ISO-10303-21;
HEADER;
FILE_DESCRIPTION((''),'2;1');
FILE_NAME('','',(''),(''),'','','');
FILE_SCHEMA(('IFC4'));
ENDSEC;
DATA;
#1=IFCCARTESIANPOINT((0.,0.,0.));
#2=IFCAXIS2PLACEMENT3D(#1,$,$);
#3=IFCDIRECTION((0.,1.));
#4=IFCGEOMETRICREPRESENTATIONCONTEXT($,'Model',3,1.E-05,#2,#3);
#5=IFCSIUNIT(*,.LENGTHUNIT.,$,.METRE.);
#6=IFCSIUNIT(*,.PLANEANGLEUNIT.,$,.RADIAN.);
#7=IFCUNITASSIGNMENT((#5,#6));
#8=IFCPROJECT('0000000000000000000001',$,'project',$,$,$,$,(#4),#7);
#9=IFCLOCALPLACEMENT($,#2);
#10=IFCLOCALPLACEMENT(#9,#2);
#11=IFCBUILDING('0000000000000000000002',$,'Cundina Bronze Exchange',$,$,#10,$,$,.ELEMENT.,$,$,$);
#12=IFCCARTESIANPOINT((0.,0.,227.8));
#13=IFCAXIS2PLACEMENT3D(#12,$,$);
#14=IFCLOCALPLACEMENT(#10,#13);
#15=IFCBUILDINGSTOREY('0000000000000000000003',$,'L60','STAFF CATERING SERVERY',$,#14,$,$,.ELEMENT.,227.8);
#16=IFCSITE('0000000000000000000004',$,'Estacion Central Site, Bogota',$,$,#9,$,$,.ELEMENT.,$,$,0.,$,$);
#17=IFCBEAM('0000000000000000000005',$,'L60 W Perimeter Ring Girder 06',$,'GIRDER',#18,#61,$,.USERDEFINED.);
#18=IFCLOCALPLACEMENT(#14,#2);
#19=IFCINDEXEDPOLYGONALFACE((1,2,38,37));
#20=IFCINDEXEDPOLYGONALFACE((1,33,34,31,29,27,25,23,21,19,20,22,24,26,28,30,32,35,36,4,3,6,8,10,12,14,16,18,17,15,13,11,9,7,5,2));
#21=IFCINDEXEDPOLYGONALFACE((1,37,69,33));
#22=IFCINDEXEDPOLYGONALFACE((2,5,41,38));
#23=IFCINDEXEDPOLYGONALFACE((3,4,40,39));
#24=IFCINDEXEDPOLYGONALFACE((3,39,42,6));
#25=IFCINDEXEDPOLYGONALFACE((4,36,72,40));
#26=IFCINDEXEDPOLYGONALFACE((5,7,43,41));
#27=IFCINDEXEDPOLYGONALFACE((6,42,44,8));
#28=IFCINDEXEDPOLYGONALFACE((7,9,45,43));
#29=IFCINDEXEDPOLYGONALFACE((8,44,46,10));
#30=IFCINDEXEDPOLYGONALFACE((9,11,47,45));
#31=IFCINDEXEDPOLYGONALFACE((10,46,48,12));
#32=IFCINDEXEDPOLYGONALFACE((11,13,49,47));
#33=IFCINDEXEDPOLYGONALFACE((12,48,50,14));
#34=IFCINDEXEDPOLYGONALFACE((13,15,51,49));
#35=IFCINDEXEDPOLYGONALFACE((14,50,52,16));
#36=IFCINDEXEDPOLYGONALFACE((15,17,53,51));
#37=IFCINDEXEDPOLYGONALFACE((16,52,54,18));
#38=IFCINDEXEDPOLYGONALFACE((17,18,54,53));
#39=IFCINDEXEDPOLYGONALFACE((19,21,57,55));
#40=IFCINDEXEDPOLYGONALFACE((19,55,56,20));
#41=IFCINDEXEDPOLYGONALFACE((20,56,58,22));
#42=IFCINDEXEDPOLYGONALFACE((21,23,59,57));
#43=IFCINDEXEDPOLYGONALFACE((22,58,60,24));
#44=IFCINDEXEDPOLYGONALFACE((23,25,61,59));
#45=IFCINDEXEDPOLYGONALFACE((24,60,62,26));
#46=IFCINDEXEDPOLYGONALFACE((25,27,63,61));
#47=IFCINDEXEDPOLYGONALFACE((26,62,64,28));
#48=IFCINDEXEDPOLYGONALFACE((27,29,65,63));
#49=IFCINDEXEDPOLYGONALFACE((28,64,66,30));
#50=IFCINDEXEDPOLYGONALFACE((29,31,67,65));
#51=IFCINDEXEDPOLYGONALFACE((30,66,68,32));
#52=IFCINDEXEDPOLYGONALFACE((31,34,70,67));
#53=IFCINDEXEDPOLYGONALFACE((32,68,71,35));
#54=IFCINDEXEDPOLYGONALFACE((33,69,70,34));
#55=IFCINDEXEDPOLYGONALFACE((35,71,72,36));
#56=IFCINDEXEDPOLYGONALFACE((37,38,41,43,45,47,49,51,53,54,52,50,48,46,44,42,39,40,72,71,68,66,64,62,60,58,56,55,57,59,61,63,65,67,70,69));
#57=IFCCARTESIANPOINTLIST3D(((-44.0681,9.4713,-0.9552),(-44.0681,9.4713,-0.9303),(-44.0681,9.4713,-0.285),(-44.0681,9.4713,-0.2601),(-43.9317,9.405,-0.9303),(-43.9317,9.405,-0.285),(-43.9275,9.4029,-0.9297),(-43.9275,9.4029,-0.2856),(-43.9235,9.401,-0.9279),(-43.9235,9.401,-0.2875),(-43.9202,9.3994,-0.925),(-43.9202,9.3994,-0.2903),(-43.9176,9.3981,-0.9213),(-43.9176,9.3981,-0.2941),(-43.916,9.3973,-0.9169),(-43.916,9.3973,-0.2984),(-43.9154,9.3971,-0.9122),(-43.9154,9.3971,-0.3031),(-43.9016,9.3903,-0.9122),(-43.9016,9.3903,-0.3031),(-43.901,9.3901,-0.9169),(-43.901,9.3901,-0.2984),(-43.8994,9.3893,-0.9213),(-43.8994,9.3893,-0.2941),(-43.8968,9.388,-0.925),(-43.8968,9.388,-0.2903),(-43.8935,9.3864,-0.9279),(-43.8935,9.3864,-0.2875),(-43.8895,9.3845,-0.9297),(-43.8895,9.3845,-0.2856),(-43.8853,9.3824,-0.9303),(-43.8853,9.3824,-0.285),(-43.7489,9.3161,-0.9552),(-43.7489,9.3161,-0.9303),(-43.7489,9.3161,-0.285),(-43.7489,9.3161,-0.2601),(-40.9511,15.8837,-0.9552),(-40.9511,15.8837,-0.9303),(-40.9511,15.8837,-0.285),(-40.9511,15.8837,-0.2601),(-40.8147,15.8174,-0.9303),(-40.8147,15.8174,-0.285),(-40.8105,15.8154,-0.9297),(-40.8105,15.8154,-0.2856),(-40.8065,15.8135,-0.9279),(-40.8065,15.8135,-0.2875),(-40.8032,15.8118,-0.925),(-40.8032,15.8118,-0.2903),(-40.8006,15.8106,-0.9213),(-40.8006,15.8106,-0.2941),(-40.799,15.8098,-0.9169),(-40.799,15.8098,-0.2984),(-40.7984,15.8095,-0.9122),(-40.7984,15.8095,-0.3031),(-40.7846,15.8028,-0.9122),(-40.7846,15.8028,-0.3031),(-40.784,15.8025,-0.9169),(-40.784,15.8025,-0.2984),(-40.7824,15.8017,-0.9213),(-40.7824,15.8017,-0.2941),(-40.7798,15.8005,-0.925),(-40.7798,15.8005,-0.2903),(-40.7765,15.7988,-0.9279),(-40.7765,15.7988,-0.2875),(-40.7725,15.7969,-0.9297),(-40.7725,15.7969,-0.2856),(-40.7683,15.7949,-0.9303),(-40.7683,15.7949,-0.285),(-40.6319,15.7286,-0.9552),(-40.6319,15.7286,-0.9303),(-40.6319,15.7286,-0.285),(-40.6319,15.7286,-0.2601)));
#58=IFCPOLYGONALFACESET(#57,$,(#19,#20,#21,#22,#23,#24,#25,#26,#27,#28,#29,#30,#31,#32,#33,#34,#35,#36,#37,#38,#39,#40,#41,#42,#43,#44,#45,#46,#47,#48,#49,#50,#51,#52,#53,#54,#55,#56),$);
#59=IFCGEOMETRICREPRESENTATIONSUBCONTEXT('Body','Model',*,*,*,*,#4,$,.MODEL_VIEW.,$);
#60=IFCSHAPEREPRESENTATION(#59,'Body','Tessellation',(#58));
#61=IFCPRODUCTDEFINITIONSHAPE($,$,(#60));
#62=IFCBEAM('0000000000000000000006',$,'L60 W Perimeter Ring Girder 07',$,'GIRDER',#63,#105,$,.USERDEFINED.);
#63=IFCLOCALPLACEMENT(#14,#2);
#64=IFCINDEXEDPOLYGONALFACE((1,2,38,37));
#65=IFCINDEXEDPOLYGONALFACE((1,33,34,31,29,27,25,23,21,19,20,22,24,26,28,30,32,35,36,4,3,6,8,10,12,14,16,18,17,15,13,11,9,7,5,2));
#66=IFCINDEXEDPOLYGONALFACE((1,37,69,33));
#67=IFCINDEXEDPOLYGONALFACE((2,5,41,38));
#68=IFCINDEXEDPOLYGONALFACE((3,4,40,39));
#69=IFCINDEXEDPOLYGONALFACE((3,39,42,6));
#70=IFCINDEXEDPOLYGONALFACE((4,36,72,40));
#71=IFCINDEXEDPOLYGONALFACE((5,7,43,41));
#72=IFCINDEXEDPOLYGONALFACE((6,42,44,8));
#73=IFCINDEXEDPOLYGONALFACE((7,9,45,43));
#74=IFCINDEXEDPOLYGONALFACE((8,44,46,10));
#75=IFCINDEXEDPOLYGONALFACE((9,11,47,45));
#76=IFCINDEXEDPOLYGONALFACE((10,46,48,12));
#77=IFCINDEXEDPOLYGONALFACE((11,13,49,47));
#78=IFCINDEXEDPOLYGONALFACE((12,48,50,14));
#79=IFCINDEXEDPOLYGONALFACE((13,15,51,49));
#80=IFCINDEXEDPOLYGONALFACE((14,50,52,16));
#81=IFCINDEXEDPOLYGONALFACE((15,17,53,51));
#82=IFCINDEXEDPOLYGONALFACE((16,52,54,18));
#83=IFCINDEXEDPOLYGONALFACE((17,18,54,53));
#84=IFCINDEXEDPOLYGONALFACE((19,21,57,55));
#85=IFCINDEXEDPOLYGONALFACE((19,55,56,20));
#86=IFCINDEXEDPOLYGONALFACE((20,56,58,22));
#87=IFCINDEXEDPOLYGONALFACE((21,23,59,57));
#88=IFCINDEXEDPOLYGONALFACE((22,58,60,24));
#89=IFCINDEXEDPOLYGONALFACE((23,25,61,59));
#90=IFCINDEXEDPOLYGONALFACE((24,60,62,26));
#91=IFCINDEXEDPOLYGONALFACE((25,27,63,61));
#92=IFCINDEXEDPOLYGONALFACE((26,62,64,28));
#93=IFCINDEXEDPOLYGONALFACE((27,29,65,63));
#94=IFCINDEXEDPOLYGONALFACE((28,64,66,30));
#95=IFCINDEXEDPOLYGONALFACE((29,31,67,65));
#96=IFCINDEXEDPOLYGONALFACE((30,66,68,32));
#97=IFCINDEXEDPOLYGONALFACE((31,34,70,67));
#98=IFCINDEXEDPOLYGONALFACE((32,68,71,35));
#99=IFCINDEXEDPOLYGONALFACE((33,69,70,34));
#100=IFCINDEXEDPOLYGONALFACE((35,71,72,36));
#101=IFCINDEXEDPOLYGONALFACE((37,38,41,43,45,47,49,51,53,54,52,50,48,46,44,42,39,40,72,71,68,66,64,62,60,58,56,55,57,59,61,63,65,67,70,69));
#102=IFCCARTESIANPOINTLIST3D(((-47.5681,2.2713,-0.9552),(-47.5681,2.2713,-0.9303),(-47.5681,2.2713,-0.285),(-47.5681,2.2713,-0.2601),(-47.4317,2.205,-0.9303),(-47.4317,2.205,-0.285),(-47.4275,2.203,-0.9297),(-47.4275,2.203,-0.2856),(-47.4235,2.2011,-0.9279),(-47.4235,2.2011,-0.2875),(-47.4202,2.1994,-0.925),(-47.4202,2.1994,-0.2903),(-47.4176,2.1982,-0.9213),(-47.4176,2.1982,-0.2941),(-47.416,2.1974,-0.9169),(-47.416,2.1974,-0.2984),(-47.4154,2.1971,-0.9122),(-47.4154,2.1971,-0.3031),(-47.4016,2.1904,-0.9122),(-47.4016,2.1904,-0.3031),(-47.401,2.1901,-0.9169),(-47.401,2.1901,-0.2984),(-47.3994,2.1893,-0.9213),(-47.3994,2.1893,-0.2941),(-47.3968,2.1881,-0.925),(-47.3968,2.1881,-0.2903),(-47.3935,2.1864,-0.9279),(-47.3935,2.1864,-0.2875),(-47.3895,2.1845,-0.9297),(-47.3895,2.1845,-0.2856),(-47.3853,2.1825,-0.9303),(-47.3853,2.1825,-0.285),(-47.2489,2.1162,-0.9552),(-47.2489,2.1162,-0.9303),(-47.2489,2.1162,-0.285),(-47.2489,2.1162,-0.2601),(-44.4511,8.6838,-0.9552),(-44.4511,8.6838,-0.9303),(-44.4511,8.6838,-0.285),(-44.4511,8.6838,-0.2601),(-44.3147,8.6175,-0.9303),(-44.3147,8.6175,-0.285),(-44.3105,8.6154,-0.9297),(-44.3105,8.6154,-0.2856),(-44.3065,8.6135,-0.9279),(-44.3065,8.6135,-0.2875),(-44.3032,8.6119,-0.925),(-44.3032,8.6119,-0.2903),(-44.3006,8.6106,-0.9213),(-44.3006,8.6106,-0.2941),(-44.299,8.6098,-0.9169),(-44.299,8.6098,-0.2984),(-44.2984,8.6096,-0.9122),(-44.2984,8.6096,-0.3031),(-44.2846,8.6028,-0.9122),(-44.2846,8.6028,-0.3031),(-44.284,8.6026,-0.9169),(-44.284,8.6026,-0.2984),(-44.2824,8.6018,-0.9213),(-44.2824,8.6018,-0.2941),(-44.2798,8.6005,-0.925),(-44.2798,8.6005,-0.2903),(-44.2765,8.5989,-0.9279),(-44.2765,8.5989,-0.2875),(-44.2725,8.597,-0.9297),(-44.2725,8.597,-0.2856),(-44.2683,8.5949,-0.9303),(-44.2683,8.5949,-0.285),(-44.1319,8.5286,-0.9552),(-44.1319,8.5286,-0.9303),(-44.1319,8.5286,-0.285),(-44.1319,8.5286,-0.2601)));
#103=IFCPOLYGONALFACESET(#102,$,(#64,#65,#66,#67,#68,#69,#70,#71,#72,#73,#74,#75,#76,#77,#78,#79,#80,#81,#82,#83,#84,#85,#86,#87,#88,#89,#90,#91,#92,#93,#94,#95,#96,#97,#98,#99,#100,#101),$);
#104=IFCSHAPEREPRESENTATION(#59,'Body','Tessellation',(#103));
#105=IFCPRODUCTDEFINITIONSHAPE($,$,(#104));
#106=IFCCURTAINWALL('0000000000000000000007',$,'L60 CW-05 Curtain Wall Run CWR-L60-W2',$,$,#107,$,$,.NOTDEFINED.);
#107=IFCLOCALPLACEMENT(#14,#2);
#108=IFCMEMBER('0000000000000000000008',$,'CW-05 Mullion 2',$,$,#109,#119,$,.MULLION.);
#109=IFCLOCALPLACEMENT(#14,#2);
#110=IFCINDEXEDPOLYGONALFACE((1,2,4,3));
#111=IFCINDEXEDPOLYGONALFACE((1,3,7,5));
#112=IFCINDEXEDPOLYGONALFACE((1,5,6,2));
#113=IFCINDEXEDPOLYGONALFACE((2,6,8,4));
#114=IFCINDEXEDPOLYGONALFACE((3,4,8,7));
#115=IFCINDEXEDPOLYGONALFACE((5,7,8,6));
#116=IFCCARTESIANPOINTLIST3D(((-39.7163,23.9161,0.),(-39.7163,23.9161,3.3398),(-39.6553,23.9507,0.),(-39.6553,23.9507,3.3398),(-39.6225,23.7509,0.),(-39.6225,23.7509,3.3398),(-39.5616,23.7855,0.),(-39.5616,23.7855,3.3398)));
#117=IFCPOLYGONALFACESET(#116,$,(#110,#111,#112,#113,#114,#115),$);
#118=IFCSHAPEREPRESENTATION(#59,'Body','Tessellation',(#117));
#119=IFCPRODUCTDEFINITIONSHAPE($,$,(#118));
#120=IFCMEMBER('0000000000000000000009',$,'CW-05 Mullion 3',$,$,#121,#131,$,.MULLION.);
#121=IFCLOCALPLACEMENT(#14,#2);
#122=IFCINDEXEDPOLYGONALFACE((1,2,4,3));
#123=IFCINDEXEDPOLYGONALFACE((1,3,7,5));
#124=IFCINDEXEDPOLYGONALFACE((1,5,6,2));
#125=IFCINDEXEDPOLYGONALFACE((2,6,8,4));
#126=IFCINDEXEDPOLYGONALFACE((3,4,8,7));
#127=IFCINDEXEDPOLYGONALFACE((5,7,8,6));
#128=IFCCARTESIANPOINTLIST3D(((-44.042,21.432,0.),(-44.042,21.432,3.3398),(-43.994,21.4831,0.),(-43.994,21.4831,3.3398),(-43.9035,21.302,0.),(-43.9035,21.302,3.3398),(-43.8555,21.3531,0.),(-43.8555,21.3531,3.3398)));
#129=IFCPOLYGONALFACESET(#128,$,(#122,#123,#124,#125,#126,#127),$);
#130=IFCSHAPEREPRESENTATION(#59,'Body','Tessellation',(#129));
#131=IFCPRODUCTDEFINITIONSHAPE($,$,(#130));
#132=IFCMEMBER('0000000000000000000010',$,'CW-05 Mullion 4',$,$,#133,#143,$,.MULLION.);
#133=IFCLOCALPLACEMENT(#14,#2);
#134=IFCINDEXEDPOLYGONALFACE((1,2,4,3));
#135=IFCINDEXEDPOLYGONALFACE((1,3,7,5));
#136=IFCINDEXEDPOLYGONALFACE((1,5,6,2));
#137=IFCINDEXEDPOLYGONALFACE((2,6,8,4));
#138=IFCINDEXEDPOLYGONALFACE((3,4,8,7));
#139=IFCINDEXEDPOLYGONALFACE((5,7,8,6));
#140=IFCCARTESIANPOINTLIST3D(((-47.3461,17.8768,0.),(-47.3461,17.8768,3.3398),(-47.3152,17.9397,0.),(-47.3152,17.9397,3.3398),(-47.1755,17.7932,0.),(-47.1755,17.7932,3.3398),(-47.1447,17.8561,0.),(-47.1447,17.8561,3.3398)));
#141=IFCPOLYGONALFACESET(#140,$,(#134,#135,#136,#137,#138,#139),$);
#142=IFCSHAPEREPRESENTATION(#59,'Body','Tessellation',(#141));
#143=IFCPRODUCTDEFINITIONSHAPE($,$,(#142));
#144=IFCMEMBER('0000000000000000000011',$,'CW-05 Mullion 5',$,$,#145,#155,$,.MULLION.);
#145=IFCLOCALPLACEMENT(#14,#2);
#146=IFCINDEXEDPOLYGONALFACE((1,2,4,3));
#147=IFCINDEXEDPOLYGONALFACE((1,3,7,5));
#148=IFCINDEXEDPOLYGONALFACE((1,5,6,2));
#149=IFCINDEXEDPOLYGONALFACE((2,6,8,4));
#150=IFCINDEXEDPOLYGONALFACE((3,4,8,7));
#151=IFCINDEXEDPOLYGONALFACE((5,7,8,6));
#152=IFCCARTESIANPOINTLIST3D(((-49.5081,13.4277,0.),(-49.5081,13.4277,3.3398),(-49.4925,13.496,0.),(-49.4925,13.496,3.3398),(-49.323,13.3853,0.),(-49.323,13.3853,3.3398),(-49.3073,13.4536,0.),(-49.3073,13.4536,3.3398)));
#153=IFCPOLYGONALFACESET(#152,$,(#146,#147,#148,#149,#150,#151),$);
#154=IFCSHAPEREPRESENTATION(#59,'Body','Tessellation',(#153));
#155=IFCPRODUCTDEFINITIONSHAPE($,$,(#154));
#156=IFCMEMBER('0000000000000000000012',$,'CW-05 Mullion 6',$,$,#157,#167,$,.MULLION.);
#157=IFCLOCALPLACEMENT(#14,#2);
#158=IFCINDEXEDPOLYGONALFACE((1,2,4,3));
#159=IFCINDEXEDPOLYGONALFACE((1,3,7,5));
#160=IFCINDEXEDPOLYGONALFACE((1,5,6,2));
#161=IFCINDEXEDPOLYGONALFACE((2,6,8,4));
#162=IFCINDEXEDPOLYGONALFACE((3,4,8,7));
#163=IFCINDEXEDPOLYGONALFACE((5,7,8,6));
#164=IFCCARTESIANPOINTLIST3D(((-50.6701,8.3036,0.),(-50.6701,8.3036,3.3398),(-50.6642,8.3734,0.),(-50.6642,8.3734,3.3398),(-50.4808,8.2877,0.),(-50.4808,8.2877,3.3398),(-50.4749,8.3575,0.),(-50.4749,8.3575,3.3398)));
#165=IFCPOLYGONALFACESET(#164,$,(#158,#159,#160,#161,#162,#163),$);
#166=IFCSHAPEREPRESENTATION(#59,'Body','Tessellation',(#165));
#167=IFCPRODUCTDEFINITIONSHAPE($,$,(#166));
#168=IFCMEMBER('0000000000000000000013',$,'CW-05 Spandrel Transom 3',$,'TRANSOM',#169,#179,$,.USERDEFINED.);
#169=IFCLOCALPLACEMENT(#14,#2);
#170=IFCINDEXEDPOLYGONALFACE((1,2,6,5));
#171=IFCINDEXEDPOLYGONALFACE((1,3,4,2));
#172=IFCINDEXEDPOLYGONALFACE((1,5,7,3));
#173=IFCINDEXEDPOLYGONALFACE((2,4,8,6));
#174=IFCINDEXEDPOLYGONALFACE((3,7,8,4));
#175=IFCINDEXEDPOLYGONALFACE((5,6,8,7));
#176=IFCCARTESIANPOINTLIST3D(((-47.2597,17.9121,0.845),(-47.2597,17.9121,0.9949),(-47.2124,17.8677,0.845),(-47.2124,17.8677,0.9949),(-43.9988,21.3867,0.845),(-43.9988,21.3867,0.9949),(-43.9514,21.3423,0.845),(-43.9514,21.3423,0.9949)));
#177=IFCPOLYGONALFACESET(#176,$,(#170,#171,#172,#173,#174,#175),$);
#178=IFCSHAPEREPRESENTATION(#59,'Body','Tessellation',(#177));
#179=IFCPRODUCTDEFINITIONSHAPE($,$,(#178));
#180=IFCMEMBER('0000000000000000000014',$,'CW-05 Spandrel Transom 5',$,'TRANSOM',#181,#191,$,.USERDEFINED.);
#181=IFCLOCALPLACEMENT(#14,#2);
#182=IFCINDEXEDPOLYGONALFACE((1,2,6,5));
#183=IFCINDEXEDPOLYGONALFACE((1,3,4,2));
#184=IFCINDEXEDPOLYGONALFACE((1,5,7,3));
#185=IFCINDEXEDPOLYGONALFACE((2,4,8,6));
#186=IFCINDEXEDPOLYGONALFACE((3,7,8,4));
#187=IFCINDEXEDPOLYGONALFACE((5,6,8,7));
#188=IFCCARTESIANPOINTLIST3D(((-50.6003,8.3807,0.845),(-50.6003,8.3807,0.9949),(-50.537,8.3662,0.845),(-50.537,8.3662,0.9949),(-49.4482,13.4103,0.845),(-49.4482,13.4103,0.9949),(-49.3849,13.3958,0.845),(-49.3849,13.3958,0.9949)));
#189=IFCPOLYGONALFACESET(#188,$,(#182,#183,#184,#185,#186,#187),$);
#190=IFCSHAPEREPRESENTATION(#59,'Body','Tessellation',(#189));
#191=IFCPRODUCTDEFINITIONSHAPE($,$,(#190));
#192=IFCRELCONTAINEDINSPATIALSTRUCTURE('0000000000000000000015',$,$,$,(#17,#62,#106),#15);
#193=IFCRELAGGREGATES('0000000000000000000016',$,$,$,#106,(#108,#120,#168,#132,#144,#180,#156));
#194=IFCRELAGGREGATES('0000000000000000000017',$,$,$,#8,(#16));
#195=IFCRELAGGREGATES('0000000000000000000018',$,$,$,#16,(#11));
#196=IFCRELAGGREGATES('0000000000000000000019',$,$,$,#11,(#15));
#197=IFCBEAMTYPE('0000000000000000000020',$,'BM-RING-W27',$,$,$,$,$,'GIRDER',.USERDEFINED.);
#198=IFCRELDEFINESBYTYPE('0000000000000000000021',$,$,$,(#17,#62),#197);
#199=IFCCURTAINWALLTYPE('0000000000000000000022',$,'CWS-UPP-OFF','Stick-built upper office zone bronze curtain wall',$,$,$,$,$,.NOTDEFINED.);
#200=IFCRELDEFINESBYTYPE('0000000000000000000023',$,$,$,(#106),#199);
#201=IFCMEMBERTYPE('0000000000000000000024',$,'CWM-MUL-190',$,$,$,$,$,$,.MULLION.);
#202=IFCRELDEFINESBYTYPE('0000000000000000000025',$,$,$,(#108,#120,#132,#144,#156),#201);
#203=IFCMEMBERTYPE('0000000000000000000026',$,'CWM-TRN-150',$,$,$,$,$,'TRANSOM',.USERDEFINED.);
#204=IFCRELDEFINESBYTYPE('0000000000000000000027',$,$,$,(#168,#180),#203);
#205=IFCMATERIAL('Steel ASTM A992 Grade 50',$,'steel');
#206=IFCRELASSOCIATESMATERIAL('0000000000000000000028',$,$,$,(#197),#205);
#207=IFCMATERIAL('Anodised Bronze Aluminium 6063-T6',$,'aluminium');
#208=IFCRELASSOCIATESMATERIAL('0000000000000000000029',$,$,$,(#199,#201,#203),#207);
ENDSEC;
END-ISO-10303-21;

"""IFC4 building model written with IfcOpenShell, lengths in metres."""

from ifc_helpers import new_model, si_unit, direction, frame, origin, origin_2d, place, context, subcontext, project, spatial, rectangle, i_section, extrude, material, material_profile, profile_set, type_object, element, aggregate, save


model = new_model("IFC4")

# Units and contexts
model_context = context("Model", 3, precision=1e-05, world=origin(), true_north=direction((0.0, 1.0)))
body_context = subcontext(model_context, "Body", "Model", "MODEL_VIEW")
ifc_project = project(units=[si_unit("LENGTHUNIT", "METRE"), si_unit("PLANEANGLEUNIT", "RADIAN")], contexts=[model_context])

# Site, building, storey
site_placement = place(None, origin())
site = spatial("IfcSite", under=ifc_project, at=site_placement, Name="Estacion Central Site, Bogota", CompositionType="ELEMENT", RefElevation=0.0)
building_placement = place(site_placement, origin())
building = spatial("IfcBuilding", under=site, at=building_placement, Name="Cundina Bronze Exchange", CompositionType="ELEMENT")
storey_placement = place(building_placement, frame((0.0, 0.0, 227.8)))
storey = spatial("IfcBuildingStorey", under=building, at=storey_placement, Name="L60", Description="STAFF CATERING SERVERY", CompositionType="ELEMENT", Elevation=227.8)

# Beams
ifc_material_1 = material(Name="Steel ASTM A992 Grade 50", Category="steel")
ifc_material_profile_1 = material_profile(ifc_material_1, i_section(OverallWidth=0.355, OverallDepth=0.6951, WebThickness=0.0154, FlangeThickness=0.0249, FilletRadius=0.0181, at=origin_2d()), Name="W27X146", Category="steel")
ifc_profile_set_1 = profile_set([ifc_material_profile_1], Name="Steel ASTM A992 Grade 50")
beam_type_1 = type_object("IfcBeamType", Name="BM-RING-W27", ElementType="GIRDER", PredefinedType="USERDEFINED", material=ifc_profile_set_1)
for number, where, z_axis, x_axis, name in (
    (1, (-40.7915, 15.8062, -0.6077), (-0.437173, -0.899377, 0.0), (0.899377, -0.437173, 0.0), "L60 W Perimeter Ring Girder 06"),
    (2, (-44.2915, 8.6062, -0.6077), (-0.437173, -0.899377, 0.0), (0.899377, -0.437173, 0.0), "L60 W Perimeter Ring Girder 07"),
):
    element("IfcBeam", number, at=place(storey_placement, frame(where, z_axis=z_axis, x_axis=x_axis)), inside=storey, type_object=beam_type_1, Name=name, ObjectType="GIRDER", PredefinedType="USERDEFINED", context=body_context, shape_type="SweptSolid", body=[
        extrude(i_section(OverallWidth=0.355, OverallDepth=0.6951, WebThickness=0.0154, FlangeThickness=0.0249, FilletRadius=0.0181, at=origin_2d()), origin(), (0.0, 0.0, 1.0), 7.1299),
    ])

# Curtain wall, members
ifc_material_2 = material(Name="Anodised Bronze Aluminium 6063-T6", Category="aluminium")
curtain_wall_type = type_object("IfcCurtainWallType", Name="CWS-UPP-OFF", Description="Stick-built upper office zone bronze curtain wall", PredefinedType="NOTDEFINED", material=ifc_material_2)
curtain_wall_placement = place(storey_placement, origin())
curtain_wall = element("IfcCurtainWall", 3, at=curtain_wall_placement, inside=storey, type_object=curtain_wall_type, Name="L60 CW-05 Curtain Wall Run CWR-L60-W2", PredefinedType="NOTDEFINED")
ifc_material_profile_2 = material_profile(ifc_material_2, rectangle(XDim=0.0701, YDim=0.1899, at=origin_2d()), Name="AL70X190", Category="aluminium")
ifc_profile_set_2 = profile_set([ifc_material_profile_2], Name="Anodised Bronze Aluminium 6063-T6")
member_type_1 = type_object("IfcMemberType", Name="CWM-MUL-190", PredefinedType="MULLION", material=ifc_profile_set_2)
member_1_placement = place(storey_placement, frame((-39.6389, 23.8508, 0.0), z_axis=(0.0, 0.0, 1.0), x_axis=(-0.869581, -0.49379, 0.0)))
member_1 = element("IfcMember", 4, at=member_1_placement, type_object=member_type_1, Name="CW-05 Mullion 2", PredefinedType="MULLION", context=body_context, shape_type="SweptSolid", body=[
    extrude(rectangle(XDim=0.0701, YDim=0.1899, at=origin_2d()), origin(), (0.0, 0.0, 1.0), 3.3398),
])
member_2_placement = place(storey_placement, frame((-43.9487, 21.3926, 0.0), z_axis=(0.0, 0.0, 1.0), x_axis=(-0.684293, -0.729208, 0.0)))
member_2 = element("IfcMember", 5, at=member_2_placement, type_object=member_type_1, Name="CW-05 Mullion 3", PredefinedType="MULLION", context=body_context, shape_type="SweptSolid", body=[
    extrude(rectangle(XDim=0.0701, YDim=0.1899, at=origin_2d()), origin(), (0.0, 0.0, 1.0), 3.3398),
])
member_3_placement = place(storey_placement, frame((-47.2454, 17.8665, 0.0), z_axis=(0.0, 0.0, 1.0), x_axis=(-0.440566, -0.89772, 0.0)))
member_3 = element("IfcMember", 6, at=member_3_placement, type_object=member_type_1, Name="CW-05 Mullion 4", PredefinedType="MULLION", context=body_context, shape_type="SweptSolid", body=[
    extrude(rectangle(XDim=0.0701, YDim=0.1899, at=origin_2d()), origin(), (0.0, 0.0, 1.0), 3.3398),
])
member_4_placement = place(storey_placement, frame((-49.4077, 13.4407, 0.0), z_axis=(0.0, 0.0, 1.0), x_axis=(-0.22325, -0.974761, 0.0)))
member_4 = element("IfcMember", 7, at=member_4_placement, type_object=member_type_1, Name="CW-05 Mullion 5", PredefinedType="MULLION", context=body_context, shape_type="SweptSolid", body=[
    extrude(rectangle(XDim=0.0701, YDim=0.1899, at=origin_2d()), origin(), (0.0, 0.0, 1.0), 3.3398),
])
member_5_placement = place(storey_placement, frame((-50.5725, 8.3306, 0.0), z_axis=(0.0, 0.0, 1.0), x_axis=(-0.083678, -0.996493, 0.0)))
member_5 = element("IfcMember", 8, at=member_5_placement, type_object=member_type_1, Name="CW-05 Mullion 6", PredefinedType="MULLION", context=body_context, shape_type="SweptSolid", body=[
    extrude(rectangle(XDim=0.0701, YDim=0.1899, at=origin_2d()), origin(), (0.0, 0.0, 1.0), 3.3398),
])
ifc_material_profile_3 = material_profile(ifc_material_2, rectangle(XDim=0.0649, YDim=0.1499, at=origin_2d()), Name="AL65X150", Category="aluminium")
ifc_profile_set_3 = profile_set([ifc_material_profile_3], Name="Anodised Bronze Aluminium 6063-T6")
member_type_2 = type_object("IfcMemberType", Name="CWM-TRN-150", ElementType="TRANSOM", PredefinedType="USERDEFINED", material=ifc_profile_set_3)
member_6_placement = place(storey_placement, frame((-43.9751, 21.3645, 0.9199), z_axis=(-0.684336, -0.729166, 0.0), x_axis=(0.729166, -0.684336, 0.0)))
member_6 = element("IfcMember", 9, at=member_6_placement, type_object=member_type_2, Name="CW-05 Spandrel Transom 3", ObjectType="TRANSOM", PredefinedType="USERDEFINED", context=body_context, shape_type="SweptSolid", body=[
    extrude(rectangle(XDim=0.0649, YDim=0.1499, at=origin_2d()), origin(), (0.0, 0.0, 1.0), 4.7651),
])
member_7_placement = place(storey_placement, frame((-49.4165, 13.4031, 0.9199), z_axis=(-0.223283, -0.974754, 0.0), x_axis=(0.974754, -0.223283, 0.0)))
member_7 = element("IfcMember", 10, at=member_7_placement, type_object=member_type_2, Name="CW-05 Spandrel Transom 5", ObjectType="TRANSOM", PredefinedType="USERDEFINED", context=body_context, shape_type="SweptSolid", body=[
    extrude(rectangle(XDim=0.0649, YDim=0.1499, at=origin_2d()), origin(), (0.0, 0.0, 1.0), 5.1599),
])
aggregate(curtain_wall, [member_1, member_2, member_6, member_3, member_4, member_7, member_5])

save(model, "model.ifc")
